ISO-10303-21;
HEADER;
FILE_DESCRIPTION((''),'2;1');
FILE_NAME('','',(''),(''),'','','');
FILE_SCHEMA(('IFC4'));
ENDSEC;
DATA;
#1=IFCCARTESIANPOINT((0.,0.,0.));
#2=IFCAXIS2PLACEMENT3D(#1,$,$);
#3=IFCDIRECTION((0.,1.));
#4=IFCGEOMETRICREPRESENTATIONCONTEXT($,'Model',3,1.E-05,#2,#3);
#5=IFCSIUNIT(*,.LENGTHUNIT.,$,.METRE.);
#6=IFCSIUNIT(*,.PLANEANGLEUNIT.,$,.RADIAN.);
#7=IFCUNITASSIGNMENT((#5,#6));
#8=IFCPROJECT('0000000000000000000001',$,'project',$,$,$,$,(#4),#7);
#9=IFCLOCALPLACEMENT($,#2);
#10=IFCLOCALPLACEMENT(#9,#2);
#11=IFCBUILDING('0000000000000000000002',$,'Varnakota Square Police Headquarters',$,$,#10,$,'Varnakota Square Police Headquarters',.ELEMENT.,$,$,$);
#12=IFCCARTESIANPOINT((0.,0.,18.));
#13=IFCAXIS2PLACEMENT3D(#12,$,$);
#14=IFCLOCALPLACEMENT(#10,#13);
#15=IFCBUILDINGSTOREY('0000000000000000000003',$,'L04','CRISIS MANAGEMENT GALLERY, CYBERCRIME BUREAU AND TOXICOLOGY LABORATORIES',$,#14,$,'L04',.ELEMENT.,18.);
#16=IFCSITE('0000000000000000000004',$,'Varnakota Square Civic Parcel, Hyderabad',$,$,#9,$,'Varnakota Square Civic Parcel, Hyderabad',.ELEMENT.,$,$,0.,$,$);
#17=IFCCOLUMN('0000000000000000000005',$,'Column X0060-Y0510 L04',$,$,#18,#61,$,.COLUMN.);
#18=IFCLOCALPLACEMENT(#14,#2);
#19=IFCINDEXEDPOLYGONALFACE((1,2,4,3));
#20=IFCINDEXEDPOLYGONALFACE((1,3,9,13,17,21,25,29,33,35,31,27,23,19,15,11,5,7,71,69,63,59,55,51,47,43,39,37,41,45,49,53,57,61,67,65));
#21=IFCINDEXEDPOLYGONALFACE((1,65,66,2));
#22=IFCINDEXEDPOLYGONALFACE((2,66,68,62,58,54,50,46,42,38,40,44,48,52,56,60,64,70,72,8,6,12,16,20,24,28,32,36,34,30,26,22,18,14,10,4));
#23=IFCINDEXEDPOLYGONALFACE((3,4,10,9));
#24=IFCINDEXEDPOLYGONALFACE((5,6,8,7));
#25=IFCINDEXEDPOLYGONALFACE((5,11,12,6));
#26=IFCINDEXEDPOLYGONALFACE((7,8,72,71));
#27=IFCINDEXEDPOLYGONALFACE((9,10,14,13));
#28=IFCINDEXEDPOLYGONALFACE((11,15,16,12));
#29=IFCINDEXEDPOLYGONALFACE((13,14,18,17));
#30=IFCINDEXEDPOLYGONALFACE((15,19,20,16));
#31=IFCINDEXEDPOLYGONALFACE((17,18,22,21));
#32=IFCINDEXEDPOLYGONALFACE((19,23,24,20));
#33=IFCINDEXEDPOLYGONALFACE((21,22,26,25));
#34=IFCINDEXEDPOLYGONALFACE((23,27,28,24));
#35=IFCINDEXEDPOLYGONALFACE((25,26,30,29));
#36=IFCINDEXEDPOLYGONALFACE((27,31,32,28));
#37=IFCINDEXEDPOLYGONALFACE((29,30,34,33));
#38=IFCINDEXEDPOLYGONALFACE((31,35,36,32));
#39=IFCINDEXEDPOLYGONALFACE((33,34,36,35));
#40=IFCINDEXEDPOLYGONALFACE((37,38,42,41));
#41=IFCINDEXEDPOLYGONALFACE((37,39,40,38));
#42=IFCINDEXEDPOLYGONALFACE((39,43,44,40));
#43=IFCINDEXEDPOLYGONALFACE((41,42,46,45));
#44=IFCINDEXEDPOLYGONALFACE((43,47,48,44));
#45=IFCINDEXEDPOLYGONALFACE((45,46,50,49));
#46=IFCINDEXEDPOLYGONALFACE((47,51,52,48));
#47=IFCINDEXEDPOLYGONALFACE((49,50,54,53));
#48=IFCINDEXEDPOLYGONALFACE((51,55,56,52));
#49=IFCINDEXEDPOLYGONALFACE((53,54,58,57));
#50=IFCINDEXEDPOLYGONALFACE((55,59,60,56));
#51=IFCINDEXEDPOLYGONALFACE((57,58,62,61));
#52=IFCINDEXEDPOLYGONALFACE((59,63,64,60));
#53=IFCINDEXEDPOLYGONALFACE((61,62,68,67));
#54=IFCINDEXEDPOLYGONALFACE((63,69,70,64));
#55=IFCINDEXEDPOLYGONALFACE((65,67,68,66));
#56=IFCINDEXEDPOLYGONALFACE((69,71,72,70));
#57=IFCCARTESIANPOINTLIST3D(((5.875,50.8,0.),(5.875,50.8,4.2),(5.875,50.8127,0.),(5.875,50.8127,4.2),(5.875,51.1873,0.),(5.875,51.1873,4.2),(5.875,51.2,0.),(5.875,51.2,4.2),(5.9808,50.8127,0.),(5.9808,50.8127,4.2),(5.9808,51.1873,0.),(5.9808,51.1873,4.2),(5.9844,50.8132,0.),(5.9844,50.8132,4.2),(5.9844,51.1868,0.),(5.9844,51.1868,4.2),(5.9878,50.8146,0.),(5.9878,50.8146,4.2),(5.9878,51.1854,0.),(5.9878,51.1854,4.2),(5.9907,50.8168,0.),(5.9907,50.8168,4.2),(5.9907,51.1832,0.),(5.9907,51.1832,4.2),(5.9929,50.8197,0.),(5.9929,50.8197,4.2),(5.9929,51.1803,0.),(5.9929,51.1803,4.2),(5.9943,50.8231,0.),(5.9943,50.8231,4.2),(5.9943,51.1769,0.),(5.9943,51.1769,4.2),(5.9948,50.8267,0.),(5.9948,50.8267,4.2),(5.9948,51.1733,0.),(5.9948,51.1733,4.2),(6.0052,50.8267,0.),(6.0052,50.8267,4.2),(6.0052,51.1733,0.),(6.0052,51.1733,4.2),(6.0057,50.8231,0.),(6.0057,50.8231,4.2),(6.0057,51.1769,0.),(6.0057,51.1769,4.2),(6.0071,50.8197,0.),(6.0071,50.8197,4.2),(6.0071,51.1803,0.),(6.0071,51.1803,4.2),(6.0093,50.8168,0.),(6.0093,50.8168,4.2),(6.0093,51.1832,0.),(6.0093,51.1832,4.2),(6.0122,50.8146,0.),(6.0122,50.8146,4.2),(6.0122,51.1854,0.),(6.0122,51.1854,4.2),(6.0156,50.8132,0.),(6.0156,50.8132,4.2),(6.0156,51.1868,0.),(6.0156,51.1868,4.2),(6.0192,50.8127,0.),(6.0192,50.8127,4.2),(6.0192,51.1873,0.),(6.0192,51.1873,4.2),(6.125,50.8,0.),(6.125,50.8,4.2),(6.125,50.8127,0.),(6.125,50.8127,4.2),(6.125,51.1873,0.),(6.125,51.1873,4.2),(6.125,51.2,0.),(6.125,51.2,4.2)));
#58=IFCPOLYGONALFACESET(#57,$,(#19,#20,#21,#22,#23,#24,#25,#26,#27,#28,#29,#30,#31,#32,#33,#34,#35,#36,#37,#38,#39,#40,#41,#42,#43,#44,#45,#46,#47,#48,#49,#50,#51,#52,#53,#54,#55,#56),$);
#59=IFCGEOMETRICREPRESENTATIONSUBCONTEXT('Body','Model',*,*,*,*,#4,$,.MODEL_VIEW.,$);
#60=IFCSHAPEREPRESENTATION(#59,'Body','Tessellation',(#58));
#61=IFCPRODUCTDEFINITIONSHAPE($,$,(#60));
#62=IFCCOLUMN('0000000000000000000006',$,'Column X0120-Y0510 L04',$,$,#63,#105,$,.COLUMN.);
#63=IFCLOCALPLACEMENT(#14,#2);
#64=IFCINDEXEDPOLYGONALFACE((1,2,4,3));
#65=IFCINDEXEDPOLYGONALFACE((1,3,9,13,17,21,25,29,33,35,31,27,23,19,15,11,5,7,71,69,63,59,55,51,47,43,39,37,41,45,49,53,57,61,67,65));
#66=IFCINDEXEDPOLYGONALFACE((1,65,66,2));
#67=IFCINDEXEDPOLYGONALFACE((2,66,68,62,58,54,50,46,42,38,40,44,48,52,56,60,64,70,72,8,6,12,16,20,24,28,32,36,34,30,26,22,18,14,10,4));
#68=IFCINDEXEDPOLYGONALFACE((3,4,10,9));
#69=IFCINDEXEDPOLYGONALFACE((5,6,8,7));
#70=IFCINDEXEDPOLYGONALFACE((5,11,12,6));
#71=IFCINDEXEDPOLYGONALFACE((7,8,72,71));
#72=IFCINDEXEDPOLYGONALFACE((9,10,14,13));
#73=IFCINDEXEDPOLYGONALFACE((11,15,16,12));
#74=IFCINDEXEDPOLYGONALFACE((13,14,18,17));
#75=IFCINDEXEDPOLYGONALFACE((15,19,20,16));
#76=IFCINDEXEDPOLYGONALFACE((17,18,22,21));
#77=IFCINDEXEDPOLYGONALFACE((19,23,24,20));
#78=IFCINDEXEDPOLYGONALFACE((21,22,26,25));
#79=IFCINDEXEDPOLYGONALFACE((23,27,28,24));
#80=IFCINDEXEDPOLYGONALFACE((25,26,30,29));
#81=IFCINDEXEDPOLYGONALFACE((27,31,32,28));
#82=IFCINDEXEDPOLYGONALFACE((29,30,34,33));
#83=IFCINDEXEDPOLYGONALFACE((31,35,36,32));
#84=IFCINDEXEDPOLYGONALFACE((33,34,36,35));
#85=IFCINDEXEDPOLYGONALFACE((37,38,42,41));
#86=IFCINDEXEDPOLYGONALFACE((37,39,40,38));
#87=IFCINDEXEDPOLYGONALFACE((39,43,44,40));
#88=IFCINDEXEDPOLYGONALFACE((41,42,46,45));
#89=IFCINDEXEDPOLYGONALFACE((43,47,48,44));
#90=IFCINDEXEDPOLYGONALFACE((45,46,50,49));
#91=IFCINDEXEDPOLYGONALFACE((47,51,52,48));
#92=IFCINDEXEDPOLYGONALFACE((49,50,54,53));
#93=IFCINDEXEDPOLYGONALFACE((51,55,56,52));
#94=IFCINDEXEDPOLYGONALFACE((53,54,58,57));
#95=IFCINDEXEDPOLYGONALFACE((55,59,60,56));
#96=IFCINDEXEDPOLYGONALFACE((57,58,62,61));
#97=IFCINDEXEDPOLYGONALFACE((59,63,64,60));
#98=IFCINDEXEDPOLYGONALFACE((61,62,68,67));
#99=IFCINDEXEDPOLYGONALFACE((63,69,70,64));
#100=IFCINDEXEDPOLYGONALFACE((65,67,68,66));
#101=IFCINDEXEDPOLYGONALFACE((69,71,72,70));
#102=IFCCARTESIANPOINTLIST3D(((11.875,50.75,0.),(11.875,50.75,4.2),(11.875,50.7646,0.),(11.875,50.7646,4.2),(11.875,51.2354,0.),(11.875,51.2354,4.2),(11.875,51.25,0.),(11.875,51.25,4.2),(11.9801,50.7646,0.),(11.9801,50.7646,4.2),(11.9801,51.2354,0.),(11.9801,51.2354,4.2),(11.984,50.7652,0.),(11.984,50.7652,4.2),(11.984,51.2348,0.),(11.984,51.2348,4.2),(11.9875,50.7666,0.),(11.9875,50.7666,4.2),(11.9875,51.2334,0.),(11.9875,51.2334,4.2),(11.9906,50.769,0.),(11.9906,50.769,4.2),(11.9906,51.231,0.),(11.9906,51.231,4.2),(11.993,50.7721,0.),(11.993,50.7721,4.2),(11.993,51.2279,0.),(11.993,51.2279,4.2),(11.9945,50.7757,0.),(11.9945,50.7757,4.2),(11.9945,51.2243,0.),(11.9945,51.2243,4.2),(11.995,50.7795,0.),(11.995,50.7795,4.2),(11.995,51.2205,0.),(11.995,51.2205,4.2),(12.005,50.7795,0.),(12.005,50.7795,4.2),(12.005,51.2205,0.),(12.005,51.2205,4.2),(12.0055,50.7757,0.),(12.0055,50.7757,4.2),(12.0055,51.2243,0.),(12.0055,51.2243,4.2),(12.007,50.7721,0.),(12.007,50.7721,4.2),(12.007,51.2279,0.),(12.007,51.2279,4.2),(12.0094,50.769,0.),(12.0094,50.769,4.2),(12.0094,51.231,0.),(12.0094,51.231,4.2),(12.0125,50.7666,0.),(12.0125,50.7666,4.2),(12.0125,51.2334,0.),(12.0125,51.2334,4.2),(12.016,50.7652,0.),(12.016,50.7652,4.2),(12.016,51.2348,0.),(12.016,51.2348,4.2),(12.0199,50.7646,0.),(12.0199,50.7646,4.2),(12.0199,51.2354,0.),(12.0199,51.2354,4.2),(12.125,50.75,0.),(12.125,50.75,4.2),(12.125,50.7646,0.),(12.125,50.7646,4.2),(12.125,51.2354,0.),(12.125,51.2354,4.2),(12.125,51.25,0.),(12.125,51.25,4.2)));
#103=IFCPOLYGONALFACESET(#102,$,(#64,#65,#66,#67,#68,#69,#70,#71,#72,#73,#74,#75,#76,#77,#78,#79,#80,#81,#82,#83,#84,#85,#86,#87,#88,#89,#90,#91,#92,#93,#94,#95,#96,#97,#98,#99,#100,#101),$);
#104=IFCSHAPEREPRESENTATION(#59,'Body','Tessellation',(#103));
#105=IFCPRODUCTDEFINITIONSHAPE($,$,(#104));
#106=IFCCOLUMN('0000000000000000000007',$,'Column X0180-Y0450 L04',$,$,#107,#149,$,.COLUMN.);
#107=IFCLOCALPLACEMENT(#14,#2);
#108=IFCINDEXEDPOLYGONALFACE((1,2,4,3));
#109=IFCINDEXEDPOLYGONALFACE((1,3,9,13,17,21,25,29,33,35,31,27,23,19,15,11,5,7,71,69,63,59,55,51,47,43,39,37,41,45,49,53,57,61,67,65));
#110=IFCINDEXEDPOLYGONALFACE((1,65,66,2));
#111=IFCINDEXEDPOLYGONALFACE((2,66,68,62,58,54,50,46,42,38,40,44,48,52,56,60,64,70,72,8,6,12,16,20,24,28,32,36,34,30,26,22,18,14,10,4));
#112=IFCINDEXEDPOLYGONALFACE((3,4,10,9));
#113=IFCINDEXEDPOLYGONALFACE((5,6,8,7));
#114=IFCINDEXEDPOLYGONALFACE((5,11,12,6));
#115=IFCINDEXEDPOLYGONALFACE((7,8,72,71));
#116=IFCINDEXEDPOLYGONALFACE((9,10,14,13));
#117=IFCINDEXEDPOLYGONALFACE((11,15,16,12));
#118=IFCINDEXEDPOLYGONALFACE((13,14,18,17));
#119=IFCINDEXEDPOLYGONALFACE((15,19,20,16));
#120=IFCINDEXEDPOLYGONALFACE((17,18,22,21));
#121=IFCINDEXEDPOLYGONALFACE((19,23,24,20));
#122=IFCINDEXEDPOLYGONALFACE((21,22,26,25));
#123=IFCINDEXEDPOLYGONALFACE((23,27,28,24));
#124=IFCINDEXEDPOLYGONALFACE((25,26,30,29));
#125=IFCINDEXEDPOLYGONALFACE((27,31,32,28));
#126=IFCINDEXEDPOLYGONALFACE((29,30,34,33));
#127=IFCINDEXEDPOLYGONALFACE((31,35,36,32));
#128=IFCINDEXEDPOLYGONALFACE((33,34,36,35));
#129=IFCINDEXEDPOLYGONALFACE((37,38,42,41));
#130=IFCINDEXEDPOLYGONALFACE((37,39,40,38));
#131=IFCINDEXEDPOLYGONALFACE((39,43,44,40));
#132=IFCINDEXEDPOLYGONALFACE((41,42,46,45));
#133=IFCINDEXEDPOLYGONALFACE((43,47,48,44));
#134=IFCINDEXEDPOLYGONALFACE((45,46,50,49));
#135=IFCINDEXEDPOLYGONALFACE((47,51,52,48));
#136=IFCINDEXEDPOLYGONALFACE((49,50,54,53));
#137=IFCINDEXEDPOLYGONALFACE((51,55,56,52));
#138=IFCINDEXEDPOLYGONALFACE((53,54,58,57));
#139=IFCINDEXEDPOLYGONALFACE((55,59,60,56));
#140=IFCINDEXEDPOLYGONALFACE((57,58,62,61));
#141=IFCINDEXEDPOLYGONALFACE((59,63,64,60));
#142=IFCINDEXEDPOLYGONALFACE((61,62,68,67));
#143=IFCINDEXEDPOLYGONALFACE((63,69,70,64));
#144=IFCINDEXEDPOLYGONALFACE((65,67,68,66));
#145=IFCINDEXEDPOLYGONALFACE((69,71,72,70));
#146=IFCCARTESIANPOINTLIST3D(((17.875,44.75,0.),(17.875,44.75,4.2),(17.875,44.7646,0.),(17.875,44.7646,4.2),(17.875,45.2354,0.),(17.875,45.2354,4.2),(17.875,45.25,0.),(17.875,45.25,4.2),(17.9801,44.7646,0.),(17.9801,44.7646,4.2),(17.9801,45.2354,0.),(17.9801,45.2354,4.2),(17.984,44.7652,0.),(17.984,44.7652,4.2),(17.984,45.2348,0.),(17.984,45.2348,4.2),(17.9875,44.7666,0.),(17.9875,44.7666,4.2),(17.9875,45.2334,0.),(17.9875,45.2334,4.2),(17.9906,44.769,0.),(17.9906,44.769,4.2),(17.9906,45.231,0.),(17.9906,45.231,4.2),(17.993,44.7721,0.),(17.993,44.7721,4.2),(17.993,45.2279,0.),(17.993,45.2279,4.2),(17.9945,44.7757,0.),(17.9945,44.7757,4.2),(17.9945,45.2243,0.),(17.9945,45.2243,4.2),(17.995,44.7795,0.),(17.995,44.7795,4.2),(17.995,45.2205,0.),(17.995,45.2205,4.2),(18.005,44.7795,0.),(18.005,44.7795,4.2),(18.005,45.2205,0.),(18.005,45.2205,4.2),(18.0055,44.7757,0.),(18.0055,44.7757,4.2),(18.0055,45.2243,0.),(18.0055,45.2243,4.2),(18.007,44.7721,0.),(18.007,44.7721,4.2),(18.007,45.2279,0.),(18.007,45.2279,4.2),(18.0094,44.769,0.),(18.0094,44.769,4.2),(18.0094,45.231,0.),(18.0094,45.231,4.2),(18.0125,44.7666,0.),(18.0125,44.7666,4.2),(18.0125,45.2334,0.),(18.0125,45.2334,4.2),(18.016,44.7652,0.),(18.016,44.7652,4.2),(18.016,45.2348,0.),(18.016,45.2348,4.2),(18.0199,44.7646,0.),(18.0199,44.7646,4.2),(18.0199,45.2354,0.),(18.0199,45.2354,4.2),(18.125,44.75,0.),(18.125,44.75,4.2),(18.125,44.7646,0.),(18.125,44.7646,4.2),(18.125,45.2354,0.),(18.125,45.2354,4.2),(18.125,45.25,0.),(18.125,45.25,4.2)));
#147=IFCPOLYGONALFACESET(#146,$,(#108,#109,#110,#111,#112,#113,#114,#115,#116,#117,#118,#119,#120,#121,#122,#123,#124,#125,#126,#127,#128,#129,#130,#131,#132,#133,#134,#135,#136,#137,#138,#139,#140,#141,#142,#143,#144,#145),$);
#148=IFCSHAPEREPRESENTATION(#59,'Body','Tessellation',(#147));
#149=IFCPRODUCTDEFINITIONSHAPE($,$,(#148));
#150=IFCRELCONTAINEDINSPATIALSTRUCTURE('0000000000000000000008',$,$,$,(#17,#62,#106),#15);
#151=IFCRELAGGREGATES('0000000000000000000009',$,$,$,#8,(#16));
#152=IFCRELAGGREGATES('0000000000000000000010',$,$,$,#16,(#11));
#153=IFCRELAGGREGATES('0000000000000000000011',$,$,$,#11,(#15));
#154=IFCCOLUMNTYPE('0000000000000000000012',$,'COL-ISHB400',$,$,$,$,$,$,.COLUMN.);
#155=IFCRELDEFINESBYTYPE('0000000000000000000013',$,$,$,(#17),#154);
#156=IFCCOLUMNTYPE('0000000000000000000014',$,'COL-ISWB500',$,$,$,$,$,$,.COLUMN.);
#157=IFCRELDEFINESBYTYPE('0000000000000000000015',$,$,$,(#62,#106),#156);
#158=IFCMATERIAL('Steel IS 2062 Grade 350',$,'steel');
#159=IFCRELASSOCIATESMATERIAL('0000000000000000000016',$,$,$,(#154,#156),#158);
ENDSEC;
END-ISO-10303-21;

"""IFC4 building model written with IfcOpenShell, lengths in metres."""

from ifc_helpers import new_model, si_unit, direction, frame, origin, origin_2d, place, context, subcontext, project, spatial, i_section, extrude, material, material_profile, profile_set, type_object, element, save


model = new_model("IFC4")

# Units and contexts
model_context = context("Model", 3, precision=1e-05, world=origin(), true_north=direction((0.0, 1.0)))
body_context = subcontext(model_context, "Body", "Model", "MODEL_VIEW")
ifc_project = project(units=[si_unit("LENGTHUNIT", "METRE"), si_unit("PLANEANGLEUNIT", "RADIAN")], contexts=[model_context])

# Site, building, storey
site_placement = place(None, origin())
site = spatial("IfcSite", under=ifc_project, at=site_placement, Name="Varnakota Square Civic Parcel, Hyderabad", LongName="Varnakota Square Civic Parcel, Hyderabad", CompositionType="ELEMENT", RefElevation=0.0)
building_placement = place(site_placement, origin())
building = spatial("IfcBuilding", under=site, at=building_placement, Name="Varnakota Square Police Headquarters", LongName="Varnakota Square Police Headquarters", CompositionType="ELEMENT")
storey_placement = place(building_placement, frame((0.0, 0.0, 18.0)))
storey = spatial("IfcBuildingStorey", under=building, at=storey_placement, Name="L04", Description="CRISIS MANAGEMENT GALLERY, CYBERCRIME BUREAU AND TOXICOLOGY LABORATORIES", LongName="L04", CompositionType="ELEMENT", Elevation=18.0)

# Columns
ifc_material_1 = material(Name="Steel IS 2062 Grade 350", Category="steel")
ifc_material_profile_1 = material_profile(ifc_material_1, i_section(OverallWidth=0.25, OverallDepth=0.3999, WebThickness=0.0105, FlangeThickness=0.0127, FilletRadius=0.0139, at=origin_2d()), Name="ISHB 400")
ifc_profile_set_1 = profile_set([ifc_material_profile_1], Name="Steel IS 2062 Grade 350")
column_type_1 = type_object("IfcColumnType", Name="COL-ISHB400", PredefinedType="COLUMN", material=ifc_profile_set_1)
column_placement = place(storey_placement, frame((6.0, 51.0, 0.0), z_axis=(0.0, 0.0, 1.0), x_axis=(1.0, 0.0, 0.0)))
element("IfcColumn", 1, at=column_placement, inside=storey, type_object=column_type_1, Name="Column X0060-Y0510 L04", PredefinedType="COLUMN", context=body_context, shape_type="SweptSolid", body=[
    extrude(i_section(OverallWidth=0.25, OverallDepth=0.3999, WebThickness=0.0105, FlangeThickness=0.0127, FilletRadius=0.0139, at=origin_2d()), origin(), (0.0, 0.0, 1.0), 4.2),
])
ifc_material_profile_2 = material_profile(ifc_material_1, i_section(OverallWidth=0.25, OverallDepth=0.5, WebThickness=0.01, FlangeThickness=0.0146, FilletRadius=0.0149, at=origin_2d()), Name="ISWB 500")
ifc_profile_set_2 = profile_set([ifc_material_profile_2], Name="Steel IS 2062 Grade 350")
column_type_2 = type_object("IfcColumnType", Name="COL-ISWB500", PredefinedType="COLUMN", material=ifc_profile_set_2)
for number, where, z_axis, x_axis, name in (
    (2, (12.0, 51.0, 0.0), (0.0, 0.0, 1.0), (1.0, 0.0, 0.0), "Column X0120-Y0510 L04"),
    (3, (18.0, 45.0, 0.0), (0.0, 0.0, 1.0), (1.0, 0.0, 0.0), "Column X0180-Y0450 L04"),
):
    element("IfcColumn", number, at=place(storey_placement, frame(where, z_axis=z_axis, x_axis=x_axis)), inside=storey, type_object=column_type_2, Name=name, PredefinedType="COLUMN", context=body_context, shape_type="SweptSolid", body=[
        extrude(i_section(OverallWidth=0.25, OverallDepth=0.5, WebThickness=0.01, FlangeThickness=0.0146, FilletRadius=0.0149, at=origin_2d()), origin(), (0.0, 0.0, 1.0), 4.2),
    ])

save(model, "model.ifc")
